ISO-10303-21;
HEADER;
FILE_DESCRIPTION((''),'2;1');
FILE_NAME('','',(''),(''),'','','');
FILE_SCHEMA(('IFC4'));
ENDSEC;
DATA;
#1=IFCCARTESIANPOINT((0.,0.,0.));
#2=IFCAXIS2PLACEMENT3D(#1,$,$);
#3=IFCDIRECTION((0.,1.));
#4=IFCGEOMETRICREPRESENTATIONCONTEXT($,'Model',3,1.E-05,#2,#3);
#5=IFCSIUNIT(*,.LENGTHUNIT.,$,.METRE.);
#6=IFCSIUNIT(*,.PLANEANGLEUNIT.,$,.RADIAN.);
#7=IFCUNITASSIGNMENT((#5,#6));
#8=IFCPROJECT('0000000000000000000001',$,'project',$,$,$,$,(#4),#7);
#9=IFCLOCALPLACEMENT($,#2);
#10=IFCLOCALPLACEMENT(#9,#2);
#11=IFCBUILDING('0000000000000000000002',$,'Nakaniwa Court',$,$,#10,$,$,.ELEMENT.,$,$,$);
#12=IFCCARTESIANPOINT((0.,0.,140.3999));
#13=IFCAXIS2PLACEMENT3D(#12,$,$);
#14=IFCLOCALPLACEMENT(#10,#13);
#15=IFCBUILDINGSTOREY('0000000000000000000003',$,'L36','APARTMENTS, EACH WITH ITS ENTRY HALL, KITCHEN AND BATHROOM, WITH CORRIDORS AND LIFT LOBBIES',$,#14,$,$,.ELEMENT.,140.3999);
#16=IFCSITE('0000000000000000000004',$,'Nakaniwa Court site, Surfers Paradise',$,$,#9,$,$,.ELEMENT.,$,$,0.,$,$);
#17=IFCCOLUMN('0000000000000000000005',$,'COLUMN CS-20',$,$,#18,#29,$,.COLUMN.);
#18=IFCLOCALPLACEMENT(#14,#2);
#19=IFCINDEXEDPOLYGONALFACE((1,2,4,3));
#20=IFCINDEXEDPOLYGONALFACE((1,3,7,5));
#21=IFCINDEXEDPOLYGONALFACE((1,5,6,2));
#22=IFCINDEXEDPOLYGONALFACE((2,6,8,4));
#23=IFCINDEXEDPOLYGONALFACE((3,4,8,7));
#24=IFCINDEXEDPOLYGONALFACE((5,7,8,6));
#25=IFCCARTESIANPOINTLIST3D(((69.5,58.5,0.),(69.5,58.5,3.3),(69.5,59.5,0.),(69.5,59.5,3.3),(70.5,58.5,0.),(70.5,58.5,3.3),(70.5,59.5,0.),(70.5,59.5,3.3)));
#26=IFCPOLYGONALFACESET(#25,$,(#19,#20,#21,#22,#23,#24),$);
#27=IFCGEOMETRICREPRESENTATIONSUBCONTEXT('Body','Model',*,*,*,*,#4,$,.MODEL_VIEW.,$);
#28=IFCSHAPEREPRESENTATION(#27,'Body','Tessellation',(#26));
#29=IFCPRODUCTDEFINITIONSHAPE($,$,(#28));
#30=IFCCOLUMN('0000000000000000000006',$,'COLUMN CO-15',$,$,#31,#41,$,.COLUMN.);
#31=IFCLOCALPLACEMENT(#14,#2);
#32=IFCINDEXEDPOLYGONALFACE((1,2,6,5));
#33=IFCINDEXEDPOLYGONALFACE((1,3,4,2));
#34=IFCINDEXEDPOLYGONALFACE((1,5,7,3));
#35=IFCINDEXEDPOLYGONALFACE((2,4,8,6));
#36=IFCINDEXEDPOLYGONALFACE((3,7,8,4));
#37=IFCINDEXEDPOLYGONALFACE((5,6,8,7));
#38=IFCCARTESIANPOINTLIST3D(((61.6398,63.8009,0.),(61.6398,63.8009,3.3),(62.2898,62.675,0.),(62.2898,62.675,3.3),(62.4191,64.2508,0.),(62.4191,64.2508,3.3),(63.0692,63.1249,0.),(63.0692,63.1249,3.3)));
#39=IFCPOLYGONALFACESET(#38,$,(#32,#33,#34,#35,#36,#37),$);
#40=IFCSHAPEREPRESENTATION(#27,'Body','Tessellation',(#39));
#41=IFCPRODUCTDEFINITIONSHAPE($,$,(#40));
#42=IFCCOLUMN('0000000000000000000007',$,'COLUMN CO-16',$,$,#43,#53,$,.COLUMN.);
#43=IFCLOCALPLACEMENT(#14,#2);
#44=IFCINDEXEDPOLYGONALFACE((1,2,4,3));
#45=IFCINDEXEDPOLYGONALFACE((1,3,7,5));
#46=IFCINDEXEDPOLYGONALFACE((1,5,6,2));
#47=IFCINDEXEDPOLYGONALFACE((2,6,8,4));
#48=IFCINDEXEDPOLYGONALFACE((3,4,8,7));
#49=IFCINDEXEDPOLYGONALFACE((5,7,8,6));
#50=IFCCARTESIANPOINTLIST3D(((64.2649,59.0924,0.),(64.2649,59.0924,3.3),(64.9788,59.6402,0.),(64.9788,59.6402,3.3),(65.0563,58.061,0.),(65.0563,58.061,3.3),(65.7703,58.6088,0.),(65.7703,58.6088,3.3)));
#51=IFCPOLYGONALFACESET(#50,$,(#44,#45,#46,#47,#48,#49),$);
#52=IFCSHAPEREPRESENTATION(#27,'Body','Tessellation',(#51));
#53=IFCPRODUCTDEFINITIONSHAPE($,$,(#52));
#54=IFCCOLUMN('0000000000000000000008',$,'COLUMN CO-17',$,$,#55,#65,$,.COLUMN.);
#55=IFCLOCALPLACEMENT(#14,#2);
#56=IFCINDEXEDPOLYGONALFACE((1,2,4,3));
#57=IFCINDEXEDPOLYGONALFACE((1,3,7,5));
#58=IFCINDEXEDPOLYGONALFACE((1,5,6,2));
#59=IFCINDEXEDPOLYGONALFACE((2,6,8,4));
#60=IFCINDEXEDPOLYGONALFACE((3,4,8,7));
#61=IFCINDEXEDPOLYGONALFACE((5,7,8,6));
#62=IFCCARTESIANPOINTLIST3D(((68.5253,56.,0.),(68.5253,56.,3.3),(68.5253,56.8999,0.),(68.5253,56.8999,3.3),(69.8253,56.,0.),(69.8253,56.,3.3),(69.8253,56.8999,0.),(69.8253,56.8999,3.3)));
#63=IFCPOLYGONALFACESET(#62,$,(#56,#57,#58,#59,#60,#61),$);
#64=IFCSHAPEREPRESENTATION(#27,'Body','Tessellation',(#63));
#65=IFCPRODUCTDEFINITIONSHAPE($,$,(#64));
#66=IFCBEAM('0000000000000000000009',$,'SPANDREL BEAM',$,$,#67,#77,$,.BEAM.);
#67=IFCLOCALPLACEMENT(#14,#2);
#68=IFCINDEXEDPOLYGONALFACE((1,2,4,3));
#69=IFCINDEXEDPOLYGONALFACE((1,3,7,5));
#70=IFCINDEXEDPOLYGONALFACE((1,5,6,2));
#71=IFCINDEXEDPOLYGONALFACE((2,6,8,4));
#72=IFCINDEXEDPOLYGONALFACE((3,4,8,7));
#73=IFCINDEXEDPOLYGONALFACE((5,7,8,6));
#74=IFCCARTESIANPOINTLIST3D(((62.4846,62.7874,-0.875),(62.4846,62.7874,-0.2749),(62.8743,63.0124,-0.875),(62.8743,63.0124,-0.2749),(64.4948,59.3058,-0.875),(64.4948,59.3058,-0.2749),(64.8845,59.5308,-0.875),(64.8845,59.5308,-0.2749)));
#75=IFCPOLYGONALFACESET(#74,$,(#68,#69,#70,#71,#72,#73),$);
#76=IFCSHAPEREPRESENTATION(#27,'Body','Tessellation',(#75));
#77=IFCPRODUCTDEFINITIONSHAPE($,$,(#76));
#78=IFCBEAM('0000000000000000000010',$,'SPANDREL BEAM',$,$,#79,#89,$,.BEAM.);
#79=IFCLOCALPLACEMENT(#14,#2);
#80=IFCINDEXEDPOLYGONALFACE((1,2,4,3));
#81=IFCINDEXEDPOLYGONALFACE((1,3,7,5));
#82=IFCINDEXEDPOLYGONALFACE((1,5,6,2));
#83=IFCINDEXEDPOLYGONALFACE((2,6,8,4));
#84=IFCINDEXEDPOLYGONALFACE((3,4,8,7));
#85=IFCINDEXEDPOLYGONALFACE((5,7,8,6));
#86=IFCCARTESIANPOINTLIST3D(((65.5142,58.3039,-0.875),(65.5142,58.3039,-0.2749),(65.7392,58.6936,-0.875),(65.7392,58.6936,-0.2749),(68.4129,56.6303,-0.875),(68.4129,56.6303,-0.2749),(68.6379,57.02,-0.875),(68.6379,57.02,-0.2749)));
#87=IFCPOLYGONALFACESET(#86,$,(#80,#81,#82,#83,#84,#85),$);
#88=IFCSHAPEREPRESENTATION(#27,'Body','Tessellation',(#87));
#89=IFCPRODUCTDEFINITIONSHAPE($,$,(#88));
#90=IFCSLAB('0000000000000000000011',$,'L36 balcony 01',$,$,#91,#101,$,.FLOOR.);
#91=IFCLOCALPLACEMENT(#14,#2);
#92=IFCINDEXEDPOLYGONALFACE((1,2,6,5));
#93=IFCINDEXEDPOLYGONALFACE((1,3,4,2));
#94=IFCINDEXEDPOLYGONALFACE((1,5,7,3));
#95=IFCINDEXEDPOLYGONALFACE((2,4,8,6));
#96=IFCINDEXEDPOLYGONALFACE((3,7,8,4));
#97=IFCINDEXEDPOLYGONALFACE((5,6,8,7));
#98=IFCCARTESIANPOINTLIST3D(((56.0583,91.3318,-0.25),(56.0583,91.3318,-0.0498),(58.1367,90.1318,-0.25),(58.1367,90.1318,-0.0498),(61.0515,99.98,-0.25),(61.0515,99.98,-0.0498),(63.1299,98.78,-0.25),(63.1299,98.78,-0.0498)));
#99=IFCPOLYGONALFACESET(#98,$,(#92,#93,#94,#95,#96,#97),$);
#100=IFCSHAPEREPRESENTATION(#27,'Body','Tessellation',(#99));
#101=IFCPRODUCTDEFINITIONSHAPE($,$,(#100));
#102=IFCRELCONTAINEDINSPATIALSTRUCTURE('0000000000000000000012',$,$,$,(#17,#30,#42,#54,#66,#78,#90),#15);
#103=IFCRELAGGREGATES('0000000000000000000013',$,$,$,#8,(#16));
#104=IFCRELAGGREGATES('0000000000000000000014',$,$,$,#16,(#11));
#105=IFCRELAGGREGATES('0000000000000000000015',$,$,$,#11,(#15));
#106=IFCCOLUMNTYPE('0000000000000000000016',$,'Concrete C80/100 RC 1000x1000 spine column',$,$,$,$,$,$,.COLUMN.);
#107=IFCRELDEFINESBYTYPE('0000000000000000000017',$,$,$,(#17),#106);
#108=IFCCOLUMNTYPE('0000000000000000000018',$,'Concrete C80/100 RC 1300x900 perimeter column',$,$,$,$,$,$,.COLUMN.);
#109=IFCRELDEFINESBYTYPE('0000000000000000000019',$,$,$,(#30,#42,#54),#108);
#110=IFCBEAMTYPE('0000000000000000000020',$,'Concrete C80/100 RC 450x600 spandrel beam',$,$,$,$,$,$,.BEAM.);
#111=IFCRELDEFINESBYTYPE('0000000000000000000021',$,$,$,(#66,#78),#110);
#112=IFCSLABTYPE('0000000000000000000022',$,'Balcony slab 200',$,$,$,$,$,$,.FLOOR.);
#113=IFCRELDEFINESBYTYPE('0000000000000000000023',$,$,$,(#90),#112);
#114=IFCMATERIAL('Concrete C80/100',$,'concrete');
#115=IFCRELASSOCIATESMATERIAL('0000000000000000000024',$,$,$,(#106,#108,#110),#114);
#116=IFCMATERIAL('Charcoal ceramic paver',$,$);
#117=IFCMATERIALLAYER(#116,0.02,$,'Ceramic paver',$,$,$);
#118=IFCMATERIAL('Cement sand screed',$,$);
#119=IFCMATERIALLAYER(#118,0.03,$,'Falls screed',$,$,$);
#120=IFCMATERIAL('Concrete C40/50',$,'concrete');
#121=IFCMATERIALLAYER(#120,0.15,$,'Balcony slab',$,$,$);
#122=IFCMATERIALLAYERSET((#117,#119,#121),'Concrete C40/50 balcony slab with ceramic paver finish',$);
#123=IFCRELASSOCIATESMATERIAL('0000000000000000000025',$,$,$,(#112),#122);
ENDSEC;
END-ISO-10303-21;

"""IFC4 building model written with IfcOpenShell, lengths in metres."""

from ifc_helpers import new_model, si_unit, direction, frame, origin, origin_2d, place, context, subcontext, project, spatial, polyline, rectangle, outline, extrude, material, layer, layer_set, material_profile, profile_set, type_object, element, save


model = new_model("IFC4")

# Units and contexts
model_context = context("Model", 3, precision=1e-05, world=origin(), true_north=direction((0.0, 1.0)))
body_context = subcontext(model_context, "Body", "Model", "MODEL_VIEW")
ifc_project = project(units=[si_unit("LENGTHUNIT", "METRE"), si_unit("PLANEANGLEUNIT", "RADIAN")], contexts=[model_context])

# Site, building, storey
site_placement = place(None, origin())
site = spatial("IfcSite", under=ifc_project, at=site_placement, Name="Nakaniwa Court site, Surfers Paradise", CompositionType="ELEMENT", RefElevation=0.0)
building_placement = place(site_placement, origin())
building = spatial("IfcBuilding", under=site, at=building_placement, Name="Nakaniwa Court", CompositionType="ELEMENT")
storey_placement = place(building_placement, frame((0.0, 0.0, 140.3999)))
storey = spatial("IfcBuildingStorey", under=building, at=storey_placement, Name="L36", Description="APARTMENTS, EACH WITH ITS ENTRY HALL, KITCHEN AND BATHROOM, WITH CORRIDORS AND LIFT LOBBIES", CompositionType="ELEMENT", Elevation=140.3999)

# Columns
ifc_material_1 = material(Name="Concrete C80/100", Category="concrete")
ifc_material_profile_1 = material_profile(ifc_material_1, rectangle(XDim=1.0, YDim=1.0, at=origin_2d()), Name="Concrete C80/100 RC 1000x1000 spine column")
ifc_profile_set_1 = profile_set([ifc_material_profile_1], Name="Concrete C80/100")
column_type_1 = type_object("IfcColumnType", Name="Concrete C80/100 RC 1000x1000 spine column", PredefinedType="COLUMN", material=ifc_profile_set_1)
column_placement = place(storey_placement, frame((70.0, 59.0, 0.0), z_axis=(0.0, 0.0, 1.0), x_axis=(0.0, -1.0, 0.0)))
element("IfcColumn", 1, at=column_placement, inside=storey, type_object=column_type_1, Name="COLUMN CS-20", PredefinedType="COLUMN", context=body_context, shape_type="SweptSolid", body=[
    extrude(rectangle(XDim=1.0, YDim=1.0, at=origin_2d()), origin(), (0.0, 0.0, 1.0), 3.3),
])
ifc_material_profile_2 = material_profile(ifc_material_1, rectangle(XDim=1.3, YDim=0.8999, at=origin_2d()), Name="Concrete C80/100 RC 1300x900 perimeter column")
ifc_profile_set_2 = profile_set([ifc_material_profile_2], Name="Concrete C80/100")
column_type_2 = type_object("IfcColumnType", Name="Concrete C80/100 RC 1300x900 perimeter column", PredefinedType="COLUMN", material=ifc_profile_set_2)
for number, where, z_axis, x_axis, name in (
    (2, (62.3545, 63.4629, 0.0), (0.0, 0.0, 1.0), (0.5, -0.866025, 0.0), "COLUMN CO-15"),
    (3, (65.0176, 58.8506, 0.0), (0.0, 0.0, 1.0), (0.608761, -0.793353, 0.0), "COLUMN CO-16"),
    (4, (69.1753, 56.45, 0.0), (0.0, 0.0, 1.0), (1.0, 0.0, 0.0), "COLUMN CO-17"),
):
    element("IfcColumn", number, at=place(storey_placement, frame(where, z_axis=z_axis, x_axis=x_axis)), inside=storey, type_object=column_type_2, Name=name, PredefinedType="COLUMN", context=body_context, shape_type="SweptSolid", body=[
        extrude(rectangle(XDim=1.3, YDim=0.8999, at=origin_2d()), origin(), (0.0, 0.0, 1.0), 3.3),
    ])

# Beams
ifc_material_profile_3 = material_profile(ifc_material_1, rectangle(XDim=0.45, YDim=0.6001, at=origin_2d()), Name="Concrete C80/100 RC 450x600 spandrel beam")
ifc_profile_set_3 = profile_set([ifc_material_profile_3], Name="Concrete C80/100")
beam_type = type_object("IfcBeamType", Name="Concrete C80/100 RC 450x600 spandrel beam", PredefinedType="BEAM", material=ifc_profile_set_3)
beam_1_placement = place(storey_placement, frame((62.6794, 62.8999, -0.575), z_axis=(0.500019, -0.866015, 0.0), x_axis=(0.866015, 0.500019, 0.0)))
element("IfcBeam", 5, at=beam_1_placement, inside=storey, type_object=beam_type, Name="SPANDREL BEAM", PredefinedType="BEAM", context=body_context, shape_type="SweptSolid", body=[
    extrude(rectangle(XDim=0.45, YDim=0.6001, at=origin_2d()), origin(), (0.0, 0.0, 1.0), 4.0203),
])
beam_2_placement = place(storey_placement, frame((65.6267, 58.4988, -0.575), z_axis=(0.866022, -0.500007, 0.0), x_axis=(0.500007, 0.866022, 0.0)))
element("IfcBeam", 6, at=beam_2_placement, inside=storey, type_object=beam_type, Name="SPANDREL BEAM", PredefinedType="BEAM", context=body_context, shape_type="SweptSolid", body=[
    extrude(rectangle(XDim=0.45, YDim=0.6001, at=origin_2d()), origin(), (0.0, 0.0, 1.0), 3.3472),
])

# Slab
ifc_material_2 = material(Name="Charcoal ceramic paver")
ifc_layer_1 = layer(ifc_material_2, 0.02, Name="Ceramic paver")
ifc_material_3 = material(Name="Cement sand screed")
ifc_layer_2 = layer(ifc_material_3, 0.03, Name="Falls screed")
ifc_material_4 = material(Name="Concrete C40/50", Category="concrete")
ifc_layer_3 = layer(ifc_material_4, 0.15, Name="Balcony slab")
ifc_layer_set_1 = layer_set([ifc_layer_1, ifc_layer_2, ifc_layer_3], Name="Concrete C40/50 balcony slab with ceramic paver finish")
slab_type_1 = type_object("IfcSlabType", Name="Balcony slab 200", PredefinedType="FLOOR", material=ifc_layer_set_1)
slab_1_placement = place(storey_placement, frame((0.0, 0.0, -0.25)))
element("IfcSlab", 7, at=slab_1_placement, inside=storey, type_object=slab_type_1, Name="L36 balcony 01", PredefinedType="FLOOR", context=body_context, shape_type="SweptSolid", body=[
    extrude(outline(polyline([(63.1299, 98.78), (58.1367, 90.1318), (56.0583, 91.3318), (61.0515, 99.98), (63.1299, 98.78)])), origin(), (0.0, 0.0, 1.0), 0.2002),
])

save(model, "model.ifc")
